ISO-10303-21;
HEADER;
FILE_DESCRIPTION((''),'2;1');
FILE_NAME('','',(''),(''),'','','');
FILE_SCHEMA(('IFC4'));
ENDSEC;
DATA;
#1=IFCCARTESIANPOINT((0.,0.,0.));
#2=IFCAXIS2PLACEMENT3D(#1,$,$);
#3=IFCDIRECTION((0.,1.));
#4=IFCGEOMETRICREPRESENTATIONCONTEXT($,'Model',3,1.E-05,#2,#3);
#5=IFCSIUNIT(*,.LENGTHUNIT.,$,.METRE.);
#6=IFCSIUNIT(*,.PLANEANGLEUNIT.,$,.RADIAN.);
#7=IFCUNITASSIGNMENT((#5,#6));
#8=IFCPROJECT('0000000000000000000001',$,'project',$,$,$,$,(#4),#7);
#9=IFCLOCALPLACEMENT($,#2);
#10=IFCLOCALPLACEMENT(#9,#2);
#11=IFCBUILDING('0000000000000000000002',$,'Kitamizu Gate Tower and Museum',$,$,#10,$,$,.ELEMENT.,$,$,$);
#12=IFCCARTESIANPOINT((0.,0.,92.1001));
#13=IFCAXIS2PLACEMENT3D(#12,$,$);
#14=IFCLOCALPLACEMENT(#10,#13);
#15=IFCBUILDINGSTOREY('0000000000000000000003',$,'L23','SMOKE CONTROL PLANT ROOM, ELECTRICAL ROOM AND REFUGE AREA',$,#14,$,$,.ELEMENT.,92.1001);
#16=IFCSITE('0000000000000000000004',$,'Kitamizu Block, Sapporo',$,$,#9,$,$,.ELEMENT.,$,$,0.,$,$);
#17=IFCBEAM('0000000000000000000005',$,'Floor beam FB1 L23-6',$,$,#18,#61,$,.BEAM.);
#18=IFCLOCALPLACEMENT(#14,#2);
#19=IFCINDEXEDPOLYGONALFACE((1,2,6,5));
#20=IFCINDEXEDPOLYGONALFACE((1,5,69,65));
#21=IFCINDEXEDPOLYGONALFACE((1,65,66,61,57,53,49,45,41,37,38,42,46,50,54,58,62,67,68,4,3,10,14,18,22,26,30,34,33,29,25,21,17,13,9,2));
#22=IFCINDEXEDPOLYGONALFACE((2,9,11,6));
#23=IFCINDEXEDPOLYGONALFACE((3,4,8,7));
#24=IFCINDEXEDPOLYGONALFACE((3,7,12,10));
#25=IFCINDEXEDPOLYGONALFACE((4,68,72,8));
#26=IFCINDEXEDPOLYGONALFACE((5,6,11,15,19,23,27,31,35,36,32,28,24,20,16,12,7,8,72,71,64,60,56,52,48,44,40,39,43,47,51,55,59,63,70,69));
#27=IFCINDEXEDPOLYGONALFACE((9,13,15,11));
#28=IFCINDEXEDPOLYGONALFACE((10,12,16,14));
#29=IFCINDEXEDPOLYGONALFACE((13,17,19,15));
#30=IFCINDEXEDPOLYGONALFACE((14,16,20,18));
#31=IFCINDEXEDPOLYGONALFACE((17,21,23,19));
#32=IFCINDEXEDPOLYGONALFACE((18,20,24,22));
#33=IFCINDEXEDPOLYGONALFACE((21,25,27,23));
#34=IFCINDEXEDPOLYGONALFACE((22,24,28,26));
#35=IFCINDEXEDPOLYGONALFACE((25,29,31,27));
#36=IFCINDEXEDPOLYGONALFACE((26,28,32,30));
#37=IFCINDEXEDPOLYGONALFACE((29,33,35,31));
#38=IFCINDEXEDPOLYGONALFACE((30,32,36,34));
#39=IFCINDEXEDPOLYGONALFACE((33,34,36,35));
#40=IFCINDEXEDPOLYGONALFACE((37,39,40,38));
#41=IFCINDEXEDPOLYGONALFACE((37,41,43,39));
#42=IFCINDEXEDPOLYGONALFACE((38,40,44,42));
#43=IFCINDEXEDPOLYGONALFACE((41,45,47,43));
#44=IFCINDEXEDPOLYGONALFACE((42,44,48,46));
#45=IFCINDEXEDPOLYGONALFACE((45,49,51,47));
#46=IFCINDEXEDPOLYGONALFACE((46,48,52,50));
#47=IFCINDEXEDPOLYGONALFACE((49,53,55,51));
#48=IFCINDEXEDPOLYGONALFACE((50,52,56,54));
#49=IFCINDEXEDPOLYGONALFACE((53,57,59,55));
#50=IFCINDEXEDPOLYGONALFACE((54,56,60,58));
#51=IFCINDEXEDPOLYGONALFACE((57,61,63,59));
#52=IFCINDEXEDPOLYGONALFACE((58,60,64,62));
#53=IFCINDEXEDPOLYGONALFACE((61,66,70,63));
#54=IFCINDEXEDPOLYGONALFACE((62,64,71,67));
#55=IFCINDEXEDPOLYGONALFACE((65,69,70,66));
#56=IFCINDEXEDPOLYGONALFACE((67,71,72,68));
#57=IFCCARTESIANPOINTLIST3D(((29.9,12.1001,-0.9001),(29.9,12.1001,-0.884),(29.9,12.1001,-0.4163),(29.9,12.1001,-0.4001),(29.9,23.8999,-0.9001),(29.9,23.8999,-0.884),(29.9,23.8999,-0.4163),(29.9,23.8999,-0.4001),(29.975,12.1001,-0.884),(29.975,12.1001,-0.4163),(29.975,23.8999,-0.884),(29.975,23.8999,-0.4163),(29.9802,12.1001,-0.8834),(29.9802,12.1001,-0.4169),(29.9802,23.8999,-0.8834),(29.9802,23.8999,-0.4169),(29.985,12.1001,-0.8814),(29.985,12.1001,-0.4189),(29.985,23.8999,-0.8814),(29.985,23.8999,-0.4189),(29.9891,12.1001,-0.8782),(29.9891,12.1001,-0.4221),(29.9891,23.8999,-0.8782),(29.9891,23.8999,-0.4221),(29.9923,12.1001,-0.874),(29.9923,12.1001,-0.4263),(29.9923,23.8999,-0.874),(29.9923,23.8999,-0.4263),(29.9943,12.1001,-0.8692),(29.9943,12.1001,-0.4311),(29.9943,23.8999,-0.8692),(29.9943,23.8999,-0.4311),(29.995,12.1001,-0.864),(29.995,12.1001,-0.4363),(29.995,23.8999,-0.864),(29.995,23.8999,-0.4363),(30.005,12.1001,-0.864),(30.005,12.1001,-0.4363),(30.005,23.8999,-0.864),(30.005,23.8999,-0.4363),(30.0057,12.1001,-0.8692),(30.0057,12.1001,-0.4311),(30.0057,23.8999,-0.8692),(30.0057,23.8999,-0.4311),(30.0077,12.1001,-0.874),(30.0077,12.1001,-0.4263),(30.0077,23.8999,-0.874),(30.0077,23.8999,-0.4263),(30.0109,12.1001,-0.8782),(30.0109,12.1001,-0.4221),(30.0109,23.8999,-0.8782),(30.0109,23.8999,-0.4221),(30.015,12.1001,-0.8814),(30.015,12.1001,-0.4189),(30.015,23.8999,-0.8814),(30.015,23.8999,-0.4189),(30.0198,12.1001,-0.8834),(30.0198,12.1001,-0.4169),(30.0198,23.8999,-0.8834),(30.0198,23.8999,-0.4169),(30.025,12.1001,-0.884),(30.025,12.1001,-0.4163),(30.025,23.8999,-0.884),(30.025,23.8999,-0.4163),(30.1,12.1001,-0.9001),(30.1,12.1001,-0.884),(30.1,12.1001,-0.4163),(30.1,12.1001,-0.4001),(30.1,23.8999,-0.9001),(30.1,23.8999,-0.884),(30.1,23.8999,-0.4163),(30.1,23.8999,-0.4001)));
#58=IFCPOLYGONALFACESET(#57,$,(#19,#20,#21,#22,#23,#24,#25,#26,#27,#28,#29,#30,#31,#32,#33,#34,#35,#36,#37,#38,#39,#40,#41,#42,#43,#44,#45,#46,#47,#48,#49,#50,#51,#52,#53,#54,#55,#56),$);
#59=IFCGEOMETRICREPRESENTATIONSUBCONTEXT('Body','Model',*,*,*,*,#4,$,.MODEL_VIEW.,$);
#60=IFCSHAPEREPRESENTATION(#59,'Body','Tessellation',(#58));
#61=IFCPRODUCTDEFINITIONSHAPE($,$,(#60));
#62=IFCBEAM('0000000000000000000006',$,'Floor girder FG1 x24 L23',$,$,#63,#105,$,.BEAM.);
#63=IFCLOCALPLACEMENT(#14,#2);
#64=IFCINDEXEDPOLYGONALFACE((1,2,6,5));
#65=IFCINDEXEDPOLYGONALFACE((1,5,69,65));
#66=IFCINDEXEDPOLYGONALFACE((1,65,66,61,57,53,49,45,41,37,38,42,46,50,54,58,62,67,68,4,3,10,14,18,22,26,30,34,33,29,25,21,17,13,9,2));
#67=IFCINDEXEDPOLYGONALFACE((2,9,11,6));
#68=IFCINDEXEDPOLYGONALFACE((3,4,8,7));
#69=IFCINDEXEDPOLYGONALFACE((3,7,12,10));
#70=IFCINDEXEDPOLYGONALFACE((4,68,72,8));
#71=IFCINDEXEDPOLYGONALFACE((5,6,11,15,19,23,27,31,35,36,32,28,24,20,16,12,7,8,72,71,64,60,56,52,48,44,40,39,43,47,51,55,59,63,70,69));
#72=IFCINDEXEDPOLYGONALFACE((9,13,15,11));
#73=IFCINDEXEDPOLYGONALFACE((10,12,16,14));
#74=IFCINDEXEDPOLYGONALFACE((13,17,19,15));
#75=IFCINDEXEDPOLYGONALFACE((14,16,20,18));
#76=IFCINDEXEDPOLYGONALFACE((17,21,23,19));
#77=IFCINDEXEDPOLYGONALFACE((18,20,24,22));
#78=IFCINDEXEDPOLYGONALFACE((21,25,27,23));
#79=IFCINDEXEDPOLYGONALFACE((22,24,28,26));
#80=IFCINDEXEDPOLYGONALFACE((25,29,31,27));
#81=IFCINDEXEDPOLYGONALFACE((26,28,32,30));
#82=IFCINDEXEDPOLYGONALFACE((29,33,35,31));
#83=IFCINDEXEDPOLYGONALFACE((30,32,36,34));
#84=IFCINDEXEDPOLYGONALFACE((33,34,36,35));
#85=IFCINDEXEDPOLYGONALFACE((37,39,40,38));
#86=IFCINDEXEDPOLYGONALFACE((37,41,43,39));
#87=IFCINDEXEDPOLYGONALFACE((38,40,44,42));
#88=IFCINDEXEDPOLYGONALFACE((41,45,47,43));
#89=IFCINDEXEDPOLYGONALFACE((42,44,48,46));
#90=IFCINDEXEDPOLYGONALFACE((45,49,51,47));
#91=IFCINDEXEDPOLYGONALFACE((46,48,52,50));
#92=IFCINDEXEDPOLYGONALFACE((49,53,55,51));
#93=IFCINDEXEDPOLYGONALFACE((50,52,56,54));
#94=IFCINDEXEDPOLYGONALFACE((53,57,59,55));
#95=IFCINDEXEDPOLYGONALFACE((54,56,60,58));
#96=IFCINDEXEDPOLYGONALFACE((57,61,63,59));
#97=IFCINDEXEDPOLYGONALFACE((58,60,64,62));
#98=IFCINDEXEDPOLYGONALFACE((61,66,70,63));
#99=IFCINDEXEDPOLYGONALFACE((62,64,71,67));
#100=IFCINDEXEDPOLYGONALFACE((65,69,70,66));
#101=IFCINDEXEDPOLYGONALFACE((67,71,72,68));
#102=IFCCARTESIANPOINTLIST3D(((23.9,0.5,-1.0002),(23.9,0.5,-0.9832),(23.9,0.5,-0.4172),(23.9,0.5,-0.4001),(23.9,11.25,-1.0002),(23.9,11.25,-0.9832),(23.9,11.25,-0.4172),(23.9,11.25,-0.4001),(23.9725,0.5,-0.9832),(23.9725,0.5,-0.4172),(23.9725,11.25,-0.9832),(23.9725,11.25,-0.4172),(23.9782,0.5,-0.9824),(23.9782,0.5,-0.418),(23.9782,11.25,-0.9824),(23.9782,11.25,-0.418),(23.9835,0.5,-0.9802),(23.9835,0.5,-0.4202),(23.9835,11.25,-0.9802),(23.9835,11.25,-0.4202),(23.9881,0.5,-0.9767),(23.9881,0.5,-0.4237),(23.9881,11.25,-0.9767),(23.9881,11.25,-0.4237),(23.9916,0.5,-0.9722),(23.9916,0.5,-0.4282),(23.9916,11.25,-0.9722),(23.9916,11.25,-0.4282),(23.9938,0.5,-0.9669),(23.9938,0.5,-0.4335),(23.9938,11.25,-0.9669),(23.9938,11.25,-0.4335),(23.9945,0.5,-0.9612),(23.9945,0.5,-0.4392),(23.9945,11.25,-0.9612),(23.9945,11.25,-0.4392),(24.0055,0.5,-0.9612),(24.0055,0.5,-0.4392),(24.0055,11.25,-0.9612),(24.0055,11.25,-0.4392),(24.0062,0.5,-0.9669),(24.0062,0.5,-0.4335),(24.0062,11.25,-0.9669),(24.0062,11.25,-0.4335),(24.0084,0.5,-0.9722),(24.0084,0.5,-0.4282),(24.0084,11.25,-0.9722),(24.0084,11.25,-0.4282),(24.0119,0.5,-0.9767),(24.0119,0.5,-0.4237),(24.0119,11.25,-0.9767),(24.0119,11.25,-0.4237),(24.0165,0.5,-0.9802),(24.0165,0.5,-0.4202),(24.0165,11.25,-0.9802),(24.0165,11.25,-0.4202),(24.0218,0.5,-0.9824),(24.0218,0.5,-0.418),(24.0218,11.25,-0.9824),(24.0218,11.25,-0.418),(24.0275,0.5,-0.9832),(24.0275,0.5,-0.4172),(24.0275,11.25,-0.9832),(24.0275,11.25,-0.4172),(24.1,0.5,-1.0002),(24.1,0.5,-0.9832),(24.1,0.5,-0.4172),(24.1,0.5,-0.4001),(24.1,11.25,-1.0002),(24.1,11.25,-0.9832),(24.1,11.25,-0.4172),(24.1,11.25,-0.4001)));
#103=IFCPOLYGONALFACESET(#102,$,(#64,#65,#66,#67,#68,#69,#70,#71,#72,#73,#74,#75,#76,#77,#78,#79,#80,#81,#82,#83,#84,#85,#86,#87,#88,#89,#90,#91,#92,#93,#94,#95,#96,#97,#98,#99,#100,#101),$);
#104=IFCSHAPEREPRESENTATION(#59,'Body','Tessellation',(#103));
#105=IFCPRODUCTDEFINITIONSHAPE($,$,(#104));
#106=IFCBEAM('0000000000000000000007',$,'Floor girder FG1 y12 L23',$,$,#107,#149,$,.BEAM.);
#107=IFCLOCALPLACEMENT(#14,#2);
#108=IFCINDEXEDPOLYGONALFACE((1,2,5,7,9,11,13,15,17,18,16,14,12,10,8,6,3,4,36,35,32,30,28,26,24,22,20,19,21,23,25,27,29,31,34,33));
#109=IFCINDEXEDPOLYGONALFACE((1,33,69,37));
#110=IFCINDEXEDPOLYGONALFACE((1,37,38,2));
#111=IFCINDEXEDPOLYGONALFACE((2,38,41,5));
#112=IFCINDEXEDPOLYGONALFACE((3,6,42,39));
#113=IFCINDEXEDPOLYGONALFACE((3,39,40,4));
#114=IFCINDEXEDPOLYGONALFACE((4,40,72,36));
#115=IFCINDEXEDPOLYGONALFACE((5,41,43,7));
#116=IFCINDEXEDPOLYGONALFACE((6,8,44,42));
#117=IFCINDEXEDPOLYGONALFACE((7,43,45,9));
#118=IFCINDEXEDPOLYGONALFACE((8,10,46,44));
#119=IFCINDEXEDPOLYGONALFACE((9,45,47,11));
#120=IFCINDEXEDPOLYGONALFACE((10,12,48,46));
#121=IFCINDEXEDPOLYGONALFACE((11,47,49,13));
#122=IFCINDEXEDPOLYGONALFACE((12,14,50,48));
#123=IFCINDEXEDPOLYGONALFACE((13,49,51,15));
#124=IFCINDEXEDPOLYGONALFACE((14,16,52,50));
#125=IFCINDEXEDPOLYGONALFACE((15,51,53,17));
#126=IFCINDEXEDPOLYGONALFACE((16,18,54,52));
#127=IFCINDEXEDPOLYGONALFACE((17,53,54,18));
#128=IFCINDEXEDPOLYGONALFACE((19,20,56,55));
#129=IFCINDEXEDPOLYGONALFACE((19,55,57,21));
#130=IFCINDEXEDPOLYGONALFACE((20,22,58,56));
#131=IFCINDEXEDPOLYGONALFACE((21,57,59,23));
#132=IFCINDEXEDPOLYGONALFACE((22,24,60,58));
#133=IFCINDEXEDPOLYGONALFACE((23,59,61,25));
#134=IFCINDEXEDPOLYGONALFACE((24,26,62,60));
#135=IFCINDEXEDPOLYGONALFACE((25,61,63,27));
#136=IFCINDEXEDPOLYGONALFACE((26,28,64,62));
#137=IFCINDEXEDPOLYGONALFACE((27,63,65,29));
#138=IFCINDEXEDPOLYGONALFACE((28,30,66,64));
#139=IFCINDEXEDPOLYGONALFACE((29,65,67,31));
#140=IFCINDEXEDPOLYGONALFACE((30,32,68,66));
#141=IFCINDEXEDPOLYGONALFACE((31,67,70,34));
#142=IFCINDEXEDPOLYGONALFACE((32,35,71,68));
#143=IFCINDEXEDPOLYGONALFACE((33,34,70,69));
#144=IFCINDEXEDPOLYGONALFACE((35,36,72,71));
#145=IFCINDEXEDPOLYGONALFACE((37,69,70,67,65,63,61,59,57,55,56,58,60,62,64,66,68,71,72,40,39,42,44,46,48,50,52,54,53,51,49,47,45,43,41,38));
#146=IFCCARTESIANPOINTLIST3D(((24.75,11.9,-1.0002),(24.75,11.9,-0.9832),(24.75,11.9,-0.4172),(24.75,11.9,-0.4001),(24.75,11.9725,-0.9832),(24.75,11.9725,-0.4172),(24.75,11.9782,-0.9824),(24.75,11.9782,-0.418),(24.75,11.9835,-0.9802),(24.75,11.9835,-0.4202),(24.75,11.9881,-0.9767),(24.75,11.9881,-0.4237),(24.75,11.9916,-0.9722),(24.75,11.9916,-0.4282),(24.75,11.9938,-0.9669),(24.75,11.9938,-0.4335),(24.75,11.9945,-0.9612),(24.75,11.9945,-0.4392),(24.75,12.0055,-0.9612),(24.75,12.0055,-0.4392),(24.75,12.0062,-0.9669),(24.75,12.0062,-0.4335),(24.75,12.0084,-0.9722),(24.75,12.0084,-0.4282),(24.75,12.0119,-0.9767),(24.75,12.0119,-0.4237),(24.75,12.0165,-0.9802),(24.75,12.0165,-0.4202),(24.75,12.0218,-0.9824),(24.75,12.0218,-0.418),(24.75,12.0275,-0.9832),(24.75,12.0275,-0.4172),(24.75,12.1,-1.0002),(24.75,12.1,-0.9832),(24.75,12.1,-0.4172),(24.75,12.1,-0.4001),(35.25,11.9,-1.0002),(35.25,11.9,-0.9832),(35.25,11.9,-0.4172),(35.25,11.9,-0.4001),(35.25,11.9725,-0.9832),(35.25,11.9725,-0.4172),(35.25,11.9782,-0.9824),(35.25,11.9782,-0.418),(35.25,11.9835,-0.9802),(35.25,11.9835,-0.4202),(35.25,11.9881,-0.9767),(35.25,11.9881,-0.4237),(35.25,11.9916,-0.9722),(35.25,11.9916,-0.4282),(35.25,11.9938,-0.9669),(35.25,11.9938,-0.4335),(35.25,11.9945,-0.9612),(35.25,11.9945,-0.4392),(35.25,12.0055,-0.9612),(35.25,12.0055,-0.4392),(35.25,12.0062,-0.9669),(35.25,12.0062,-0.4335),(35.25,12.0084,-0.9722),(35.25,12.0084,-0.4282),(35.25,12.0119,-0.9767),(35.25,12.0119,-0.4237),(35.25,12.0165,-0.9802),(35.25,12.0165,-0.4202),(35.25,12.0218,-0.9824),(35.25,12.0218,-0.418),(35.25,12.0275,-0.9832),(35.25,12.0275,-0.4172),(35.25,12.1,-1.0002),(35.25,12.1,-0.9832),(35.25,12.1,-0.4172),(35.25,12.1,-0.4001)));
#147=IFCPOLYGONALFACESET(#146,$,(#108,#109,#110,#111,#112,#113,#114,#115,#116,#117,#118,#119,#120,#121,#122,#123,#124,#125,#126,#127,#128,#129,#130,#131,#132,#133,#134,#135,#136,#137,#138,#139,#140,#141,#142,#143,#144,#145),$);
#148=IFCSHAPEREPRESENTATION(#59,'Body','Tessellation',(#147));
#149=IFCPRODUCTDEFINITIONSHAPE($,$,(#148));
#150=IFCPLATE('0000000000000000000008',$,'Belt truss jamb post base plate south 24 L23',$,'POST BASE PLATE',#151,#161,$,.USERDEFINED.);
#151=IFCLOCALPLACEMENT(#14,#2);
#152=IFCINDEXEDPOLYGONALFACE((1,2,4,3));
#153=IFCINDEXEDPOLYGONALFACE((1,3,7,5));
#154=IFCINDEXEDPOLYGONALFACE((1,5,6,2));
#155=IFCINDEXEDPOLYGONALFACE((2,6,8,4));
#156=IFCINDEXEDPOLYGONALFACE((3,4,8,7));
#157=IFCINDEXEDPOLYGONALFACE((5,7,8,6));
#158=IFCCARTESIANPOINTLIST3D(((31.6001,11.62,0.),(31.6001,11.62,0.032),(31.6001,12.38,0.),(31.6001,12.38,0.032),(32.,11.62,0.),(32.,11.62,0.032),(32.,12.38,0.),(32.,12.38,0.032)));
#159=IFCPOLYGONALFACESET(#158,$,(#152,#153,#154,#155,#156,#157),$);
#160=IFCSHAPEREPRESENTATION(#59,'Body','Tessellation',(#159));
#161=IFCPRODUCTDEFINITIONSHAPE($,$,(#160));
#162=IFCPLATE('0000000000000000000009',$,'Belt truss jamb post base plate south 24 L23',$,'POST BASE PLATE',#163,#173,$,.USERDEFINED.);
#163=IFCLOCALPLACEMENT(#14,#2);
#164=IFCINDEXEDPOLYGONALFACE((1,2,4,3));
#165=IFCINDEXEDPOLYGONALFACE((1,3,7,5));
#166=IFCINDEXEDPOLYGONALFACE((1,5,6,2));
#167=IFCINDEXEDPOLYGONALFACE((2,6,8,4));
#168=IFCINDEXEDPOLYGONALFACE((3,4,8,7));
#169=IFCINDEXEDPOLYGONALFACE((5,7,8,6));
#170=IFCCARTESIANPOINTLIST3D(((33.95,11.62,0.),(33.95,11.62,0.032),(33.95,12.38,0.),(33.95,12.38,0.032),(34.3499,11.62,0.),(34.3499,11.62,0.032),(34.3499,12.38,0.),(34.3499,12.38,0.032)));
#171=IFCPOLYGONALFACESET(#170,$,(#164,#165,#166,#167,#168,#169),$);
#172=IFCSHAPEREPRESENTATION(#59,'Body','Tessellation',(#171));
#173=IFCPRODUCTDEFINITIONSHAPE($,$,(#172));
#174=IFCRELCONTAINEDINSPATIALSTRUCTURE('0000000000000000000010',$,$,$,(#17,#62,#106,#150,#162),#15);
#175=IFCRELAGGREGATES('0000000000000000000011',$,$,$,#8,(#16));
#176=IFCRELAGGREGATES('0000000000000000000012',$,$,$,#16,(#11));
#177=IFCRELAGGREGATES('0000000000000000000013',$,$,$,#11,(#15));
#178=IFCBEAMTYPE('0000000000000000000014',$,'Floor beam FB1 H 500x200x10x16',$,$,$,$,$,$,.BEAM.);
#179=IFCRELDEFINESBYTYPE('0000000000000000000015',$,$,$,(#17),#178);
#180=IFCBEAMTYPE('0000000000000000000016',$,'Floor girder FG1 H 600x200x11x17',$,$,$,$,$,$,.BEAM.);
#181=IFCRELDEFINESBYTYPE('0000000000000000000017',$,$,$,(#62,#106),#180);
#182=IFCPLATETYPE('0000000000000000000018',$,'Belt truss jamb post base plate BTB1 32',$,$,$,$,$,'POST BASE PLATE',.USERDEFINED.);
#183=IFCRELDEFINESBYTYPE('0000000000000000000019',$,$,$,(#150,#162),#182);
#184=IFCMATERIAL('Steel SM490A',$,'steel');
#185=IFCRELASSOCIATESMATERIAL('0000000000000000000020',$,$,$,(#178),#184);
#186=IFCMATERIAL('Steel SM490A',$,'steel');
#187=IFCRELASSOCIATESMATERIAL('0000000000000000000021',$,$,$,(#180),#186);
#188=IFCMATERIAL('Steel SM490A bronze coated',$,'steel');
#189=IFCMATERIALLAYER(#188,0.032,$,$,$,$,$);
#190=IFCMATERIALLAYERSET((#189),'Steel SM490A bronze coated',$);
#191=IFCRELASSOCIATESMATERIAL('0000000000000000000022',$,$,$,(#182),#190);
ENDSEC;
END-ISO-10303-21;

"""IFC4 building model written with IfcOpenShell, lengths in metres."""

from ifc_helpers import new_model, si_unit, direction, frame, origin, origin_2d, place, context, subcontext, project, spatial, rectangle, i_section, extrude, material, layer, layer_set, material_profile, profile_set, type_object, element, save


model = new_model("IFC4")

# Units and contexts
model_context = context("Model", 3, precision=1e-05, world=origin(), true_north=direction((0.0, 1.0)))
body_context = subcontext(model_context, "Body", "Model", "MODEL_VIEW")
ifc_project = project(units=[si_unit("LENGTHUNIT", "METRE"), si_unit("PLANEANGLEUNIT", "RADIAN")], contexts=[model_context])

# Site, building, storey
site_placement = place(None, origin())
site = spatial("IfcSite", under=ifc_project, at=site_placement, Name="Kitamizu Block, Sapporo", CompositionType="ELEMENT", RefElevation=0.0)
building_placement = place(site_placement, origin())
building = spatial("IfcBuilding", under=site, at=building_placement, Name="Kitamizu Gate Tower and Museum", CompositionType="ELEMENT")
storey_placement = place(building_placement, frame((0.0, 0.0, 92.1001)))
storey = spatial("IfcBuildingStorey", under=building, at=storey_placement, Name="L23", Description="SMOKE CONTROL PLANT ROOM, ELECTRICAL ROOM AND REFUGE AREA", CompositionType="ELEMENT", Elevation=92.1001)

# Beams
ifc_material_1 = material(Name="Steel SM490A", Category="steel")
ifc_material_profile_1 = material_profile(ifc_material_1, i_section(OverallWidth=0.2, OverallDepth=0.5, WebThickness=0.01, FlangeThickness=0.0161, FilletRadius=0.02, at=origin_2d()), Name="H-500x200x10x16")
ifc_profile_set_1 = profile_set([ifc_material_profile_1], Name="Steel SM490A")
beam_type_1 = type_object("IfcBeamType", Name="Floor beam FB1 H 500x200x10x16", PredefinedType="BEAM", material=ifc_profile_set_1)
for number, where, z_axis, x_axis, name in (
    (1, (30.0, 12.1001, -0.6501), (0.0, 1.0, 0.0), (-1.0, 0.0, 0.0), "Floor beam FB1 L23-6"),
):
    element("IfcBeam", number, at=place(storey_placement, frame(where, z_axis=z_axis, x_axis=x_axis)), inside=storey, type_object=beam_type_1, Name=name, PredefinedType="BEAM", context=body_context, shape_type="SweptSolid", body=[
        extrude(i_section(OverallWidth=0.2, OverallDepth=0.5, WebThickness=0.01, FlangeThickness=0.0161, FilletRadius=0.02, at=origin_2d()), origin(), (0.0, 0.0, 1.0), 11.7998),
    ])
ifc_material_2 = material(Name="Steel SM490A", Category="steel")
ifc_material_profile_2 = material_profile(ifc_material_2, i_section(OverallWidth=0.2, OverallDepth=0.6001, WebThickness=0.011, FlangeThickness=0.0171, FilletRadius=0.022, at=origin_2d()), Name="H-600x200x11x17")
ifc_profile_set_2 = profile_set([ifc_material_profile_2], Name="Steel SM490A")
beam_type_2 = type_object("IfcBeamType", Name="Floor girder FG1 H 600x200x11x17", PredefinedType="BEAM", material=ifc_profile_set_2)
beam_1_placement = place(storey_placement, frame((24.0, 0.5, -0.7002), z_axis=(0.0, 1.0, 0.0), x_axis=(-1.0, 0.0, 0.0)))
element("IfcBeam", 2, at=beam_1_placement, inside=storey, type_object=beam_type_2, Name="Floor girder FG1 x24 L23", PredefinedType="BEAM", context=body_context, shape_type="SweptSolid", body=[
    extrude(i_section(OverallWidth=0.2, OverallDepth=0.6001, WebThickness=0.011, FlangeThickness=0.0171, FilletRadius=0.022, at=origin_2d()), origin(), (0.0, 0.0, 1.0), 10.75),
])
beam_2_placement = place(storey_placement, frame((24.75, 12.0, -0.7002), z_axis=(1.0, 0.0, 0.0), x_axis=(0.0, 1.0, 0.0)))
element("IfcBeam", 3, at=beam_2_placement, inside=storey, type_object=beam_type_2, Name="Floor girder FG1 y12 L23", PredefinedType="BEAM", context=body_context, shape_type="SweptSolid", body=[
    extrude(i_section(OverallWidth=0.2, OverallDepth=0.6001, WebThickness=0.011, FlangeThickness=0.0171, FilletRadius=0.022, at=origin_2d()), origin(), (0.0, 0.0, 1.0), 10.5),
])

# Plates
ifc_material_3 = material(Name="Steel SM490A bronze coated", Category="steel")
ifc_layer = layer(ifc_material_3, 0.032)
ifc_layer_set = layer_set([ifc_layer], Name="Steel SM490A bronze coated")
plate_type = type_object("IfcPlateType", Name="Belt truss jamb post base plate BTB1 32", ElementType="POST BASE PLATE", PredefinedType="USERDEFINED", material=ifc_layer_set)
for number, where, z_axis, x_axis, name in (
    (4, (31.8, 12.0, 0.0), (0.0, 0.0, 1.0), (1.0, 0.0, 0.0), "Belt truss jamb post base plate south 24 L23"),
    (5, (34.1499, 12.0, 0.0), (0.0, 0.0, 1.0), (1.0, 0.0, 0.0), "Belt truss jamb post base plate south 24 L23"),
):
    element("IfcPlate", number, at=place(storey_placement, frame(where, z_axis=z_axis, x_axis=x_axis)), inside=storey, type_object=plate_type, Name=name, ObjectType="POST BASE PLATE", PredefinedType="USERDEFINED", context=body_context, shape_type="SweptSolid", body=[
        extrude(rectangle(XDim=0.3999, YDim=0.76, at=origin_2d()), origin(), (0.0, 0.0, 1.0), 0.032),
    ])

save(model, "model.ifc")
